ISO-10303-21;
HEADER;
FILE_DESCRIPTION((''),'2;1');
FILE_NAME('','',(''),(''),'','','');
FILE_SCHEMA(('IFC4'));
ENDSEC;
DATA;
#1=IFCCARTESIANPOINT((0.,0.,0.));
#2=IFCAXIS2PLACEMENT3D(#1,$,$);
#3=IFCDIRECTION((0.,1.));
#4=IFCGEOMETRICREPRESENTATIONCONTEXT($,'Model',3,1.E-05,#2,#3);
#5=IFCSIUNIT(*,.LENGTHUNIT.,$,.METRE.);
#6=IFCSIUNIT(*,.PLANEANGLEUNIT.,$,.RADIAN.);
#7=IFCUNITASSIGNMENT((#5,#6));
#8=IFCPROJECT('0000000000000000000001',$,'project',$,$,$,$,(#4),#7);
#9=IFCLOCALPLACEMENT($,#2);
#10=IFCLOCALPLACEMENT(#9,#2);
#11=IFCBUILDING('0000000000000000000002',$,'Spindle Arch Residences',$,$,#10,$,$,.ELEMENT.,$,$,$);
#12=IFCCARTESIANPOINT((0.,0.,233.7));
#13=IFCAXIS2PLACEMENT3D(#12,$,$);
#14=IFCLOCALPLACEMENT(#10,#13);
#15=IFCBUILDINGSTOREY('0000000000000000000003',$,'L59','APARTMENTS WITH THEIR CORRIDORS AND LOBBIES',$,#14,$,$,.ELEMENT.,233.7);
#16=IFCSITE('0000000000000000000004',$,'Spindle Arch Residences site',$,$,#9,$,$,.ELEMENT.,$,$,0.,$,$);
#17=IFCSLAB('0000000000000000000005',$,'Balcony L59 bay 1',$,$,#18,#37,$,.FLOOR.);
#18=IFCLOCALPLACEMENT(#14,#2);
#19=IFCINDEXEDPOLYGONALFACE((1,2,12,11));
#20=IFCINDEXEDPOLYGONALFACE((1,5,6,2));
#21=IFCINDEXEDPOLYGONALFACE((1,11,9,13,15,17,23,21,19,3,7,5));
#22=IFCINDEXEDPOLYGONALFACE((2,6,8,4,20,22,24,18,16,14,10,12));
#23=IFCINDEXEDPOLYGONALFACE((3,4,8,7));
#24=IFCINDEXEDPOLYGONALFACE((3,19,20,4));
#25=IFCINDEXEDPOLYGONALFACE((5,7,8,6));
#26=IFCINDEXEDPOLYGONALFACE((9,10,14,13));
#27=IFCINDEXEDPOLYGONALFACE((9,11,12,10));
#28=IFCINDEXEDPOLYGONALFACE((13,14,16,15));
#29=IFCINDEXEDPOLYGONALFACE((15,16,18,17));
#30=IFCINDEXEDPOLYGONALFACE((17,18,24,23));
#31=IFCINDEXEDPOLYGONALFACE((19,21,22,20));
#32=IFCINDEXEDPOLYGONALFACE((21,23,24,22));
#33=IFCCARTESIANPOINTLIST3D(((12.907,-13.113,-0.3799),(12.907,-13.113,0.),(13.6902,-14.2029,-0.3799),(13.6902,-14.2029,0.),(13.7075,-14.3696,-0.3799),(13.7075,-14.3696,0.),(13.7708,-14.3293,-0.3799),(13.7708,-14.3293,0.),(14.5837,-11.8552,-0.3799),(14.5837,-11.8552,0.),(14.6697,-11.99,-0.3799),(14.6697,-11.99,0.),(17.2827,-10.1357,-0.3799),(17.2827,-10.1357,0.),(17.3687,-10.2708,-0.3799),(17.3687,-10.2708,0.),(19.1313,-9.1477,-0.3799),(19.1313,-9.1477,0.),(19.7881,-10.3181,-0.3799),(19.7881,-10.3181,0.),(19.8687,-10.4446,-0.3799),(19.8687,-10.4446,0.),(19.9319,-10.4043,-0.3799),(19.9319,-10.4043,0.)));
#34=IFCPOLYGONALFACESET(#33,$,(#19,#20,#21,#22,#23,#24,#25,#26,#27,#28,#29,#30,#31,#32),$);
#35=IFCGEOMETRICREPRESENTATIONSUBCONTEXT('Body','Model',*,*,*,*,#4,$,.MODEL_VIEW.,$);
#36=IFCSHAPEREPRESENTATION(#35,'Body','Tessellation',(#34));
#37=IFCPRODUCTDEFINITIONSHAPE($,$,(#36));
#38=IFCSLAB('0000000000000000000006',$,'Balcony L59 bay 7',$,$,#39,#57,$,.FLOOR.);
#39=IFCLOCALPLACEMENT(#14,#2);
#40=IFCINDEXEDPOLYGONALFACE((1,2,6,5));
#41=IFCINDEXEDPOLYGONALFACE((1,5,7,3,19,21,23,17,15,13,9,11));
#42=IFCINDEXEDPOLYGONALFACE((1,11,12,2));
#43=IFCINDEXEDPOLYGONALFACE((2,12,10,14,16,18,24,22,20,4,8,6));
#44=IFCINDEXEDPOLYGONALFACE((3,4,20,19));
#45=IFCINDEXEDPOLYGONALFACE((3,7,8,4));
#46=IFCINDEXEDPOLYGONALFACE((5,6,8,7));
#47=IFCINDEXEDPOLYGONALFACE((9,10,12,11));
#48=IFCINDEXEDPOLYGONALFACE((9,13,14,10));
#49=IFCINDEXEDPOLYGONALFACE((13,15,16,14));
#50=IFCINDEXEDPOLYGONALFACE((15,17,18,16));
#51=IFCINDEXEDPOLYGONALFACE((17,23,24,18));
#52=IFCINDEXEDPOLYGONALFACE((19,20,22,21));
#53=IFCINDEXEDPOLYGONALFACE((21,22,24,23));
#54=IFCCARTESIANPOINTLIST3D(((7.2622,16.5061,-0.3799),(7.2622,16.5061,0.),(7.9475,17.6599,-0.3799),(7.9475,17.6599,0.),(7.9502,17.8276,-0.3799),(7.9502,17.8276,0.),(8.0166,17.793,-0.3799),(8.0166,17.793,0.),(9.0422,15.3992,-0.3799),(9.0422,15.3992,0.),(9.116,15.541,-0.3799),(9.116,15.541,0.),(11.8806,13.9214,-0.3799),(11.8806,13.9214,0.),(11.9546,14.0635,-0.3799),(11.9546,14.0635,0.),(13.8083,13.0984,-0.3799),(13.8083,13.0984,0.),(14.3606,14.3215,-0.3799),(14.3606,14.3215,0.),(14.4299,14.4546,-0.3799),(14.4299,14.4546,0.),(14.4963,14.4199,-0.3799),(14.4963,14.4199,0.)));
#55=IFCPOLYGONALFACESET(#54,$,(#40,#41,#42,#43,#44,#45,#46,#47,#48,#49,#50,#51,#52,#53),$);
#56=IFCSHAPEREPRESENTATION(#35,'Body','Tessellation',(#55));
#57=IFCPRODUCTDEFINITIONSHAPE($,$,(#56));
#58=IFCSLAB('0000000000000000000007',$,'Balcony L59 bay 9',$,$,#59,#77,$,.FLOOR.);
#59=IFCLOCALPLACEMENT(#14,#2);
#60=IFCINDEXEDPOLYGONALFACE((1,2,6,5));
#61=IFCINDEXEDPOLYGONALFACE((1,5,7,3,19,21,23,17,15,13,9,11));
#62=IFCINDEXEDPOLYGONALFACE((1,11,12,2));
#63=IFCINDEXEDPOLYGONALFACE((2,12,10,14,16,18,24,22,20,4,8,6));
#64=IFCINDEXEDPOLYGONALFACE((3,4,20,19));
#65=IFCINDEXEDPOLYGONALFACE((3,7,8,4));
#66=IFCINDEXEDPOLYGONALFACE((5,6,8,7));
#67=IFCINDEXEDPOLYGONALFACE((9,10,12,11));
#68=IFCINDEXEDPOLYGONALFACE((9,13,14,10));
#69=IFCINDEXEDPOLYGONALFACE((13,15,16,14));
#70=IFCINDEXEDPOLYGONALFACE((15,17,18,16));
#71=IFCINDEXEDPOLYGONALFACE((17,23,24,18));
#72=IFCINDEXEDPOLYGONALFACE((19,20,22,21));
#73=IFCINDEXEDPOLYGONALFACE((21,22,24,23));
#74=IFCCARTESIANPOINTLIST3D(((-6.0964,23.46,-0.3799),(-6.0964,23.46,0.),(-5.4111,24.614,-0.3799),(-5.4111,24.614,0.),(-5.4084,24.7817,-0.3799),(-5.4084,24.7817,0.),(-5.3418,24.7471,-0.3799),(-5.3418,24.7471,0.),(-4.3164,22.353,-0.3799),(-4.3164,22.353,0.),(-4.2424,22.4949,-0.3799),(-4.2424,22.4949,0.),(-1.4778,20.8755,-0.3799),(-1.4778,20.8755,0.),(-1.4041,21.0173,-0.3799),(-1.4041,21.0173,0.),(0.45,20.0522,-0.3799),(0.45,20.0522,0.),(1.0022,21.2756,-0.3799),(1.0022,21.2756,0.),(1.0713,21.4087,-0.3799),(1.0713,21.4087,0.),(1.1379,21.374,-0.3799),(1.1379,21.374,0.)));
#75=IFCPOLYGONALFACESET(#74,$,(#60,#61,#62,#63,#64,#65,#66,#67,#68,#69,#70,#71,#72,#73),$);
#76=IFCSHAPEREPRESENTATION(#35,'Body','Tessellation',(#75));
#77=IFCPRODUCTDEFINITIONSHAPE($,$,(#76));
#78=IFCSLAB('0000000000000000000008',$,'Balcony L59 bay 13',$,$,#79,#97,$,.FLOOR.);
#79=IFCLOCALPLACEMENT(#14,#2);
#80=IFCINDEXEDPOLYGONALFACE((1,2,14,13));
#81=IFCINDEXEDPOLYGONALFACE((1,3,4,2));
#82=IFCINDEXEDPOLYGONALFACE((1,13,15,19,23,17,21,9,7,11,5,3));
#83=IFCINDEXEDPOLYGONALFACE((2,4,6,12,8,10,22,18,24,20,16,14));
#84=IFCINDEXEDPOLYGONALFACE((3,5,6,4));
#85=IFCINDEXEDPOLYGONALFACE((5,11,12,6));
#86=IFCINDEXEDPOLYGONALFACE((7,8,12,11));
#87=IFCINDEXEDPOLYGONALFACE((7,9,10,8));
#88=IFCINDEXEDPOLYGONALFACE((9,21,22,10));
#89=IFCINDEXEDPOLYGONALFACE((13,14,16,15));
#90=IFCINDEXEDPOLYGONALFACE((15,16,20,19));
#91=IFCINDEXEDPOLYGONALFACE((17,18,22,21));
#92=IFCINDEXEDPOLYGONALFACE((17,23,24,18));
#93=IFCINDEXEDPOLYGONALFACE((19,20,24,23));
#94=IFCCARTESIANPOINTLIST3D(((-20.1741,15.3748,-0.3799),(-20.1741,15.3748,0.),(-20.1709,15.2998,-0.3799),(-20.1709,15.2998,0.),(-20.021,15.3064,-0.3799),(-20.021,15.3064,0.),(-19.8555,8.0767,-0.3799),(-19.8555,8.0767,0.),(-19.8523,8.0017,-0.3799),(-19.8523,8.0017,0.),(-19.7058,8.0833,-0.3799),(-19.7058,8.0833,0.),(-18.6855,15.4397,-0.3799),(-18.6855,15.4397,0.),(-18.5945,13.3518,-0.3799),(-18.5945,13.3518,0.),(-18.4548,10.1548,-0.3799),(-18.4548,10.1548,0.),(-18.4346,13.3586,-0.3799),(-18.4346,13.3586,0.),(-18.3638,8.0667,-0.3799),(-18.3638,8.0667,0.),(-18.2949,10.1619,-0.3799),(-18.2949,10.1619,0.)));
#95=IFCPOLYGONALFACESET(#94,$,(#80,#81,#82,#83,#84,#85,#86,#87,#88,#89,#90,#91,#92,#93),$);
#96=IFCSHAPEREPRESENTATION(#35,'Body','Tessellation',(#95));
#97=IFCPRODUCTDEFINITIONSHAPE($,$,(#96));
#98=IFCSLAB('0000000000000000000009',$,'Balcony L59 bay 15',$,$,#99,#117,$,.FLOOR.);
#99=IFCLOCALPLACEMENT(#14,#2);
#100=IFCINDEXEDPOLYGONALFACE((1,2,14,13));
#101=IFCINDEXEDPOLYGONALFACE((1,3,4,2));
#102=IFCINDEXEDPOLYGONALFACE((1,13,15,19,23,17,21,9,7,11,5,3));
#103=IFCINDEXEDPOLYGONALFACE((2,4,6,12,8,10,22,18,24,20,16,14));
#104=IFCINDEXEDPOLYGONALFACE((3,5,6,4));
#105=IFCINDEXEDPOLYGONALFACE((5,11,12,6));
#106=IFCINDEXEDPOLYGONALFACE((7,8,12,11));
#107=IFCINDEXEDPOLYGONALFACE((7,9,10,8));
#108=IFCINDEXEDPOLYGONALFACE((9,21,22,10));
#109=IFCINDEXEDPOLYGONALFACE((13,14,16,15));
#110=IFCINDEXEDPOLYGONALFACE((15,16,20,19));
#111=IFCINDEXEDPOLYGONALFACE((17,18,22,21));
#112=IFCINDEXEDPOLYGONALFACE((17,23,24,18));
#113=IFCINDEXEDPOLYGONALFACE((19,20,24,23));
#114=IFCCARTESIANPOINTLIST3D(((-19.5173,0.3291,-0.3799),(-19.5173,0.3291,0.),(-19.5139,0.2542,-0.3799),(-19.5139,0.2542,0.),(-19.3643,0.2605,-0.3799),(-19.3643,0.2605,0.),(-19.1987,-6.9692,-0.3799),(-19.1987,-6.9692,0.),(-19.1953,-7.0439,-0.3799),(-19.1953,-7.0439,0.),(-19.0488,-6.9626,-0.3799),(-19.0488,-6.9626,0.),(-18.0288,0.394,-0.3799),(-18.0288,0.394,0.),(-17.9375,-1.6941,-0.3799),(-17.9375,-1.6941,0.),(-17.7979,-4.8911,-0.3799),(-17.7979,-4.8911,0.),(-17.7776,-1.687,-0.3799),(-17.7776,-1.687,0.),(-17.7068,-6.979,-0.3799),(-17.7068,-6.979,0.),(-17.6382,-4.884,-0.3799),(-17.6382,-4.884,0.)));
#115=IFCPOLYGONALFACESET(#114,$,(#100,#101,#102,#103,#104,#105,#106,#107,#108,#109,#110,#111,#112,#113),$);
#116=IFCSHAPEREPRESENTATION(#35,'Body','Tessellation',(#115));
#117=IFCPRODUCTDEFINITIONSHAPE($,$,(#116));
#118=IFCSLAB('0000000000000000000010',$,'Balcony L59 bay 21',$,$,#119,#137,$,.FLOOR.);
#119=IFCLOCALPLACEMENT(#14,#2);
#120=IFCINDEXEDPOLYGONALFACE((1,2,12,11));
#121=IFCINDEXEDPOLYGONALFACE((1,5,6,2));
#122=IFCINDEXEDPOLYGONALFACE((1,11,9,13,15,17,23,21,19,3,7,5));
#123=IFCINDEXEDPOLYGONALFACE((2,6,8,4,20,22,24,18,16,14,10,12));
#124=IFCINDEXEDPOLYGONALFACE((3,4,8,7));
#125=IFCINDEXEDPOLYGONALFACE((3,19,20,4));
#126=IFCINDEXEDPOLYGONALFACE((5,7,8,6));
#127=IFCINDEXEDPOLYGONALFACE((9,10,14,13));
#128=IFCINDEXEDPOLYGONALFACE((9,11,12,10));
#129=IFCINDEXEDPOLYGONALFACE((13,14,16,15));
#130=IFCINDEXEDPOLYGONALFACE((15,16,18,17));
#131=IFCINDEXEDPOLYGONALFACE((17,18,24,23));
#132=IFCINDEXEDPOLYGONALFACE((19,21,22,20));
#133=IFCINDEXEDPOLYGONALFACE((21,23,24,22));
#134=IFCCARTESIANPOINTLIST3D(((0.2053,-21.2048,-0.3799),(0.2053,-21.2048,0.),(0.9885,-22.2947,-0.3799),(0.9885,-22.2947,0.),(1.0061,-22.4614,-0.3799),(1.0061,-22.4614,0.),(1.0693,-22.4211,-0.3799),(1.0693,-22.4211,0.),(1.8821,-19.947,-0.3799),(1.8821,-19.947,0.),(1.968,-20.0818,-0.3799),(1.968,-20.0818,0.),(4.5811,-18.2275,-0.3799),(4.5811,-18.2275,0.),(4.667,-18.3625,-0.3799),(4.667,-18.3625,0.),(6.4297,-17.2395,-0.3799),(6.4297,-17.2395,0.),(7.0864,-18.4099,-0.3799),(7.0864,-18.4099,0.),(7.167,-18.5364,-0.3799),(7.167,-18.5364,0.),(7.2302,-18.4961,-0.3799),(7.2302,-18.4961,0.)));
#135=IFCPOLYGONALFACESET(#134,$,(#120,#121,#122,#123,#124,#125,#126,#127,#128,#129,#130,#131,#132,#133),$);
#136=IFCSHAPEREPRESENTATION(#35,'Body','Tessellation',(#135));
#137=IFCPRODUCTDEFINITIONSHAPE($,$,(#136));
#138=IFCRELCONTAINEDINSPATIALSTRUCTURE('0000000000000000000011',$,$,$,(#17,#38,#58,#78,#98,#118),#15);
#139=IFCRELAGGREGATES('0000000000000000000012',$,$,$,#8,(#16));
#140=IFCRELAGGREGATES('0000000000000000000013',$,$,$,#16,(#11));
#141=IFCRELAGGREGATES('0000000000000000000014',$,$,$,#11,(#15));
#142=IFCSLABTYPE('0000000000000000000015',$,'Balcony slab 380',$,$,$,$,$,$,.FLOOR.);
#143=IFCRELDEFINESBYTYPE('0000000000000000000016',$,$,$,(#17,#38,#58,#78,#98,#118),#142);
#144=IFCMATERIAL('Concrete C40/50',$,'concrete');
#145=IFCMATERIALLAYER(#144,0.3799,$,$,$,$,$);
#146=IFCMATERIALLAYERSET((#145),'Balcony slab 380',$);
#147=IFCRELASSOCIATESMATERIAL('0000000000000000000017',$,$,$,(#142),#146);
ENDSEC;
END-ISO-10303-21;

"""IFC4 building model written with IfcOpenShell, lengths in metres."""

from ifc_helpers import new_model, si_unit, direction, frame, origin, place, context, subcontext, project, spatial, polyline, outline, extrude, material, layer, layer_set, type_object, element, save


model = new_model("IFC4")

# Units and contexts
model_context = context("Model", 3, precision=1e-05, world=origin(), true_north=direction((0.0, 1.0)))
body_context = subcontext(model_context, "Body", "Model", "MODEL_VIEW")
ifc_project = project(units=[si_unit("LENGTHUNIT", "METRE"), si_unit("PLANEANGLEUNIT", "RADIAN")], contexts=[model_context])

# Site, building, storey
site_placement = place(None, origin())
site = spatial("IfcSite", under=ifc_project, at=site_placement, Name="Spindle Arch Residences site", CompositionType="ELEMENT", RefElevation=0.0)
building_placement = place(site_placement, origin())
building = spatial("IfcBuilding", under=site, at=building_placement, Name="Spindle Arch Residences", CompositionType="ELEMENT")
storey_placement = place(building_placement, frame((0.0, 0.0, 233.7)))
storey = spatial("IfcBuildingStorey", under=building, at=storey_placement, Name="L59", Description="APARTMENTS WITH THEIR CORRIDORS AND LOBBIES", CompositionType="ELEMENT", Elevation=233.7)

# Slabs
ifc_material_1 = material(Name="Concrete C40/50", Category="concrete")
ifc_layer_1 = layer(ifc_material_1, 0.3799)
ifc_layer_set_1 = layer_set([ifc_layer_1], Name="Balcony slab 380")
slab_type_1 = type_object("IfcSlabType", Name="Balcony slab 380", PredefinedType="FLOOR", material=ifc_layer_set_1)
slab_1_placement = place(storey_placement, frame((0.0, 0.0, -0.3799)))
element("IfcSlab", 1, at=slab_1_placement, inside=storey, type_object=slab_type_1, Name="Balcony L59 bay 1", PredefinedType="FLOOR", context=body_context, shape_type="SweptSolid", body=[
    extrude(outline(polyline([(13.7075, -14.3696), (13.7708, -14.3293), (13.6902, -14.2029), (19.7881, -10.3181), (19.8687, -10.4446), (19.9319, -10.4043), (19.1313, -9.1477), (17.3687, -10.2708), (17.2827, -10.1357), (14.5837, -11.8552), (14.6697, -11.99), (12.907, -13.113), (13.7075, -14.3696)])), origin(), (0.0, 0.0, 1.0), 0.3799),
])
slab_2_placement = place(storey_placement, frame((0.0, 0.0, -0.3799)))
element("IfcSlab", 2, at=slab_2_placement, inside=storey, type_object=slab_type_1, Name="Balcony L59 bay 7", PredefinedType="FLOOR", context=body_context, shape_type="SweptSolid", body=[
    extrude(outline(polyline([(14.4963, 14.4199), (14.4299, 14.4546), (14.3606, 14.3215), (7.9475, 17.6599), (8.0166, 17.793), (7.9502, 17.8276), (7.2622, 16.5061), (9.116, 15.541), (9.0422, 15.3992), (11.8806, 13.9214), (11.9546, 14.0635), (13.8083, 13.0984), (14.4963, 14.4199)])), origin(), (0.0, 0.0, 1.0), 0.3799),
])
slab_3_placement = place(storey_placement, frame((0.0, 0.0, -0.3799)))
element("IfcSlab", 3, at=slab_3_placement, inside=storey, type_object=slab_type_1, Name="Balcony L59 bay 9", PredefinedType="FLOOR", context=body_context, shape_type="SweptSolid", body=[
    extrude(outline(polyline([(1.1379, 21.374), (1.0713, 21.4087), (1.0022, 21.2756), (-5.4111, 24.614), (-5.3418, 24.7471), (-5.4084, 24.7817), (-6.0964, 23.46), (-4.2424, 22.4949), (-4.3164, 22.353), (-1.4778, 20.8755), (-1.4041, 21.0173), (0.45, 20.0522), (1.1379, 21.374)])), origin(), (0.0, 0.0, 1.0), 0.3799),
])
slab_4_placement = place(storey_placement, frame((0.0, 0.0, -0.3799)))
element("IfcSlab", 4, at=slab_4_placement, inside=storey, type_object=slab_type_1, Name="Balcony L59 bay 13", PredefinedType="FLOOR", context=body_context, shape_type="SweptSolid", body=[
    extrude(outline(polyline([(-20.1741, 15.3748), (-20.1709, 15.2998), (-20.021, 15.3064), (-19.7058, 8.0833), (-19.8555, 8.0767), (-19.8523, 8.0017), (-18.3638, 8.0667), (-18.4548, 10.1548), (-18.2949, 10.1619), (-18.4346, 13.3586), (-18.5945, 13.3518), (-18.6855, 15.4397), (-20.1741, 15.3748)])), origin(), (0.0, 0.0, 1.0), 0.3799),
])
slab_5_placement = place(storey_placement, frame((0.0, 0.0, -0.3799)))
element("IfcSlab", 5, at=slab_5_placement, inside=storey, type_object=slab_type_1, Name="Balcony L59 bay 15", PredefinedType="FLOOR", context=body_context, shape_type="SweptSolid", body=[
    extrude(outline(polyline([(-19.5173, 0.3291), (-19.5139, 0.2542), (-19.3643, 0.2605), (-19.0488, -6.9626), (-19.1987, -6.9692), (-19.1953, -7.0439), (-17.7068, -6.979), (-17.7979, -4.8911), (-17.6382, -4.884), (-17.7776, -1.687), (-17.9375, -1.6941), (-18.0288, 0.394), (-19.5173, 0.3291)])), origin(), (0.0, 0.0, 1.0), 0.3799),
])
slab_6_placement = place(storey_placement, frame((0.0, 0.0, -0.3799)))
element("IfcSlab", 6, at=slab_6_placement, inside=storey, type_object=slab_type_1, Name="Balcony L59 bay 21", PredefinedType="FLOOR", context=body_context, shape_type="SweptSolid", body=[
    extrude(outline(polyline([(1.0061, -22.4614), (1.0693, -22.4211), (0.9885, -22.2947), (7.0864, -18.4099), (7.167, -18.5364), (7.2302, -18.4961), (6.4297, -17.2395), (4.667, -18.3625), (4.5811, -18.2275), (1.8821, -19.947), (1.968, -20.0818), (0.2053, -21.2048), (1.0061, -22.4614)])), origin(), (0.0, 0.0, 1.0), 0.3799),
])

save(model, "model.ifc")
